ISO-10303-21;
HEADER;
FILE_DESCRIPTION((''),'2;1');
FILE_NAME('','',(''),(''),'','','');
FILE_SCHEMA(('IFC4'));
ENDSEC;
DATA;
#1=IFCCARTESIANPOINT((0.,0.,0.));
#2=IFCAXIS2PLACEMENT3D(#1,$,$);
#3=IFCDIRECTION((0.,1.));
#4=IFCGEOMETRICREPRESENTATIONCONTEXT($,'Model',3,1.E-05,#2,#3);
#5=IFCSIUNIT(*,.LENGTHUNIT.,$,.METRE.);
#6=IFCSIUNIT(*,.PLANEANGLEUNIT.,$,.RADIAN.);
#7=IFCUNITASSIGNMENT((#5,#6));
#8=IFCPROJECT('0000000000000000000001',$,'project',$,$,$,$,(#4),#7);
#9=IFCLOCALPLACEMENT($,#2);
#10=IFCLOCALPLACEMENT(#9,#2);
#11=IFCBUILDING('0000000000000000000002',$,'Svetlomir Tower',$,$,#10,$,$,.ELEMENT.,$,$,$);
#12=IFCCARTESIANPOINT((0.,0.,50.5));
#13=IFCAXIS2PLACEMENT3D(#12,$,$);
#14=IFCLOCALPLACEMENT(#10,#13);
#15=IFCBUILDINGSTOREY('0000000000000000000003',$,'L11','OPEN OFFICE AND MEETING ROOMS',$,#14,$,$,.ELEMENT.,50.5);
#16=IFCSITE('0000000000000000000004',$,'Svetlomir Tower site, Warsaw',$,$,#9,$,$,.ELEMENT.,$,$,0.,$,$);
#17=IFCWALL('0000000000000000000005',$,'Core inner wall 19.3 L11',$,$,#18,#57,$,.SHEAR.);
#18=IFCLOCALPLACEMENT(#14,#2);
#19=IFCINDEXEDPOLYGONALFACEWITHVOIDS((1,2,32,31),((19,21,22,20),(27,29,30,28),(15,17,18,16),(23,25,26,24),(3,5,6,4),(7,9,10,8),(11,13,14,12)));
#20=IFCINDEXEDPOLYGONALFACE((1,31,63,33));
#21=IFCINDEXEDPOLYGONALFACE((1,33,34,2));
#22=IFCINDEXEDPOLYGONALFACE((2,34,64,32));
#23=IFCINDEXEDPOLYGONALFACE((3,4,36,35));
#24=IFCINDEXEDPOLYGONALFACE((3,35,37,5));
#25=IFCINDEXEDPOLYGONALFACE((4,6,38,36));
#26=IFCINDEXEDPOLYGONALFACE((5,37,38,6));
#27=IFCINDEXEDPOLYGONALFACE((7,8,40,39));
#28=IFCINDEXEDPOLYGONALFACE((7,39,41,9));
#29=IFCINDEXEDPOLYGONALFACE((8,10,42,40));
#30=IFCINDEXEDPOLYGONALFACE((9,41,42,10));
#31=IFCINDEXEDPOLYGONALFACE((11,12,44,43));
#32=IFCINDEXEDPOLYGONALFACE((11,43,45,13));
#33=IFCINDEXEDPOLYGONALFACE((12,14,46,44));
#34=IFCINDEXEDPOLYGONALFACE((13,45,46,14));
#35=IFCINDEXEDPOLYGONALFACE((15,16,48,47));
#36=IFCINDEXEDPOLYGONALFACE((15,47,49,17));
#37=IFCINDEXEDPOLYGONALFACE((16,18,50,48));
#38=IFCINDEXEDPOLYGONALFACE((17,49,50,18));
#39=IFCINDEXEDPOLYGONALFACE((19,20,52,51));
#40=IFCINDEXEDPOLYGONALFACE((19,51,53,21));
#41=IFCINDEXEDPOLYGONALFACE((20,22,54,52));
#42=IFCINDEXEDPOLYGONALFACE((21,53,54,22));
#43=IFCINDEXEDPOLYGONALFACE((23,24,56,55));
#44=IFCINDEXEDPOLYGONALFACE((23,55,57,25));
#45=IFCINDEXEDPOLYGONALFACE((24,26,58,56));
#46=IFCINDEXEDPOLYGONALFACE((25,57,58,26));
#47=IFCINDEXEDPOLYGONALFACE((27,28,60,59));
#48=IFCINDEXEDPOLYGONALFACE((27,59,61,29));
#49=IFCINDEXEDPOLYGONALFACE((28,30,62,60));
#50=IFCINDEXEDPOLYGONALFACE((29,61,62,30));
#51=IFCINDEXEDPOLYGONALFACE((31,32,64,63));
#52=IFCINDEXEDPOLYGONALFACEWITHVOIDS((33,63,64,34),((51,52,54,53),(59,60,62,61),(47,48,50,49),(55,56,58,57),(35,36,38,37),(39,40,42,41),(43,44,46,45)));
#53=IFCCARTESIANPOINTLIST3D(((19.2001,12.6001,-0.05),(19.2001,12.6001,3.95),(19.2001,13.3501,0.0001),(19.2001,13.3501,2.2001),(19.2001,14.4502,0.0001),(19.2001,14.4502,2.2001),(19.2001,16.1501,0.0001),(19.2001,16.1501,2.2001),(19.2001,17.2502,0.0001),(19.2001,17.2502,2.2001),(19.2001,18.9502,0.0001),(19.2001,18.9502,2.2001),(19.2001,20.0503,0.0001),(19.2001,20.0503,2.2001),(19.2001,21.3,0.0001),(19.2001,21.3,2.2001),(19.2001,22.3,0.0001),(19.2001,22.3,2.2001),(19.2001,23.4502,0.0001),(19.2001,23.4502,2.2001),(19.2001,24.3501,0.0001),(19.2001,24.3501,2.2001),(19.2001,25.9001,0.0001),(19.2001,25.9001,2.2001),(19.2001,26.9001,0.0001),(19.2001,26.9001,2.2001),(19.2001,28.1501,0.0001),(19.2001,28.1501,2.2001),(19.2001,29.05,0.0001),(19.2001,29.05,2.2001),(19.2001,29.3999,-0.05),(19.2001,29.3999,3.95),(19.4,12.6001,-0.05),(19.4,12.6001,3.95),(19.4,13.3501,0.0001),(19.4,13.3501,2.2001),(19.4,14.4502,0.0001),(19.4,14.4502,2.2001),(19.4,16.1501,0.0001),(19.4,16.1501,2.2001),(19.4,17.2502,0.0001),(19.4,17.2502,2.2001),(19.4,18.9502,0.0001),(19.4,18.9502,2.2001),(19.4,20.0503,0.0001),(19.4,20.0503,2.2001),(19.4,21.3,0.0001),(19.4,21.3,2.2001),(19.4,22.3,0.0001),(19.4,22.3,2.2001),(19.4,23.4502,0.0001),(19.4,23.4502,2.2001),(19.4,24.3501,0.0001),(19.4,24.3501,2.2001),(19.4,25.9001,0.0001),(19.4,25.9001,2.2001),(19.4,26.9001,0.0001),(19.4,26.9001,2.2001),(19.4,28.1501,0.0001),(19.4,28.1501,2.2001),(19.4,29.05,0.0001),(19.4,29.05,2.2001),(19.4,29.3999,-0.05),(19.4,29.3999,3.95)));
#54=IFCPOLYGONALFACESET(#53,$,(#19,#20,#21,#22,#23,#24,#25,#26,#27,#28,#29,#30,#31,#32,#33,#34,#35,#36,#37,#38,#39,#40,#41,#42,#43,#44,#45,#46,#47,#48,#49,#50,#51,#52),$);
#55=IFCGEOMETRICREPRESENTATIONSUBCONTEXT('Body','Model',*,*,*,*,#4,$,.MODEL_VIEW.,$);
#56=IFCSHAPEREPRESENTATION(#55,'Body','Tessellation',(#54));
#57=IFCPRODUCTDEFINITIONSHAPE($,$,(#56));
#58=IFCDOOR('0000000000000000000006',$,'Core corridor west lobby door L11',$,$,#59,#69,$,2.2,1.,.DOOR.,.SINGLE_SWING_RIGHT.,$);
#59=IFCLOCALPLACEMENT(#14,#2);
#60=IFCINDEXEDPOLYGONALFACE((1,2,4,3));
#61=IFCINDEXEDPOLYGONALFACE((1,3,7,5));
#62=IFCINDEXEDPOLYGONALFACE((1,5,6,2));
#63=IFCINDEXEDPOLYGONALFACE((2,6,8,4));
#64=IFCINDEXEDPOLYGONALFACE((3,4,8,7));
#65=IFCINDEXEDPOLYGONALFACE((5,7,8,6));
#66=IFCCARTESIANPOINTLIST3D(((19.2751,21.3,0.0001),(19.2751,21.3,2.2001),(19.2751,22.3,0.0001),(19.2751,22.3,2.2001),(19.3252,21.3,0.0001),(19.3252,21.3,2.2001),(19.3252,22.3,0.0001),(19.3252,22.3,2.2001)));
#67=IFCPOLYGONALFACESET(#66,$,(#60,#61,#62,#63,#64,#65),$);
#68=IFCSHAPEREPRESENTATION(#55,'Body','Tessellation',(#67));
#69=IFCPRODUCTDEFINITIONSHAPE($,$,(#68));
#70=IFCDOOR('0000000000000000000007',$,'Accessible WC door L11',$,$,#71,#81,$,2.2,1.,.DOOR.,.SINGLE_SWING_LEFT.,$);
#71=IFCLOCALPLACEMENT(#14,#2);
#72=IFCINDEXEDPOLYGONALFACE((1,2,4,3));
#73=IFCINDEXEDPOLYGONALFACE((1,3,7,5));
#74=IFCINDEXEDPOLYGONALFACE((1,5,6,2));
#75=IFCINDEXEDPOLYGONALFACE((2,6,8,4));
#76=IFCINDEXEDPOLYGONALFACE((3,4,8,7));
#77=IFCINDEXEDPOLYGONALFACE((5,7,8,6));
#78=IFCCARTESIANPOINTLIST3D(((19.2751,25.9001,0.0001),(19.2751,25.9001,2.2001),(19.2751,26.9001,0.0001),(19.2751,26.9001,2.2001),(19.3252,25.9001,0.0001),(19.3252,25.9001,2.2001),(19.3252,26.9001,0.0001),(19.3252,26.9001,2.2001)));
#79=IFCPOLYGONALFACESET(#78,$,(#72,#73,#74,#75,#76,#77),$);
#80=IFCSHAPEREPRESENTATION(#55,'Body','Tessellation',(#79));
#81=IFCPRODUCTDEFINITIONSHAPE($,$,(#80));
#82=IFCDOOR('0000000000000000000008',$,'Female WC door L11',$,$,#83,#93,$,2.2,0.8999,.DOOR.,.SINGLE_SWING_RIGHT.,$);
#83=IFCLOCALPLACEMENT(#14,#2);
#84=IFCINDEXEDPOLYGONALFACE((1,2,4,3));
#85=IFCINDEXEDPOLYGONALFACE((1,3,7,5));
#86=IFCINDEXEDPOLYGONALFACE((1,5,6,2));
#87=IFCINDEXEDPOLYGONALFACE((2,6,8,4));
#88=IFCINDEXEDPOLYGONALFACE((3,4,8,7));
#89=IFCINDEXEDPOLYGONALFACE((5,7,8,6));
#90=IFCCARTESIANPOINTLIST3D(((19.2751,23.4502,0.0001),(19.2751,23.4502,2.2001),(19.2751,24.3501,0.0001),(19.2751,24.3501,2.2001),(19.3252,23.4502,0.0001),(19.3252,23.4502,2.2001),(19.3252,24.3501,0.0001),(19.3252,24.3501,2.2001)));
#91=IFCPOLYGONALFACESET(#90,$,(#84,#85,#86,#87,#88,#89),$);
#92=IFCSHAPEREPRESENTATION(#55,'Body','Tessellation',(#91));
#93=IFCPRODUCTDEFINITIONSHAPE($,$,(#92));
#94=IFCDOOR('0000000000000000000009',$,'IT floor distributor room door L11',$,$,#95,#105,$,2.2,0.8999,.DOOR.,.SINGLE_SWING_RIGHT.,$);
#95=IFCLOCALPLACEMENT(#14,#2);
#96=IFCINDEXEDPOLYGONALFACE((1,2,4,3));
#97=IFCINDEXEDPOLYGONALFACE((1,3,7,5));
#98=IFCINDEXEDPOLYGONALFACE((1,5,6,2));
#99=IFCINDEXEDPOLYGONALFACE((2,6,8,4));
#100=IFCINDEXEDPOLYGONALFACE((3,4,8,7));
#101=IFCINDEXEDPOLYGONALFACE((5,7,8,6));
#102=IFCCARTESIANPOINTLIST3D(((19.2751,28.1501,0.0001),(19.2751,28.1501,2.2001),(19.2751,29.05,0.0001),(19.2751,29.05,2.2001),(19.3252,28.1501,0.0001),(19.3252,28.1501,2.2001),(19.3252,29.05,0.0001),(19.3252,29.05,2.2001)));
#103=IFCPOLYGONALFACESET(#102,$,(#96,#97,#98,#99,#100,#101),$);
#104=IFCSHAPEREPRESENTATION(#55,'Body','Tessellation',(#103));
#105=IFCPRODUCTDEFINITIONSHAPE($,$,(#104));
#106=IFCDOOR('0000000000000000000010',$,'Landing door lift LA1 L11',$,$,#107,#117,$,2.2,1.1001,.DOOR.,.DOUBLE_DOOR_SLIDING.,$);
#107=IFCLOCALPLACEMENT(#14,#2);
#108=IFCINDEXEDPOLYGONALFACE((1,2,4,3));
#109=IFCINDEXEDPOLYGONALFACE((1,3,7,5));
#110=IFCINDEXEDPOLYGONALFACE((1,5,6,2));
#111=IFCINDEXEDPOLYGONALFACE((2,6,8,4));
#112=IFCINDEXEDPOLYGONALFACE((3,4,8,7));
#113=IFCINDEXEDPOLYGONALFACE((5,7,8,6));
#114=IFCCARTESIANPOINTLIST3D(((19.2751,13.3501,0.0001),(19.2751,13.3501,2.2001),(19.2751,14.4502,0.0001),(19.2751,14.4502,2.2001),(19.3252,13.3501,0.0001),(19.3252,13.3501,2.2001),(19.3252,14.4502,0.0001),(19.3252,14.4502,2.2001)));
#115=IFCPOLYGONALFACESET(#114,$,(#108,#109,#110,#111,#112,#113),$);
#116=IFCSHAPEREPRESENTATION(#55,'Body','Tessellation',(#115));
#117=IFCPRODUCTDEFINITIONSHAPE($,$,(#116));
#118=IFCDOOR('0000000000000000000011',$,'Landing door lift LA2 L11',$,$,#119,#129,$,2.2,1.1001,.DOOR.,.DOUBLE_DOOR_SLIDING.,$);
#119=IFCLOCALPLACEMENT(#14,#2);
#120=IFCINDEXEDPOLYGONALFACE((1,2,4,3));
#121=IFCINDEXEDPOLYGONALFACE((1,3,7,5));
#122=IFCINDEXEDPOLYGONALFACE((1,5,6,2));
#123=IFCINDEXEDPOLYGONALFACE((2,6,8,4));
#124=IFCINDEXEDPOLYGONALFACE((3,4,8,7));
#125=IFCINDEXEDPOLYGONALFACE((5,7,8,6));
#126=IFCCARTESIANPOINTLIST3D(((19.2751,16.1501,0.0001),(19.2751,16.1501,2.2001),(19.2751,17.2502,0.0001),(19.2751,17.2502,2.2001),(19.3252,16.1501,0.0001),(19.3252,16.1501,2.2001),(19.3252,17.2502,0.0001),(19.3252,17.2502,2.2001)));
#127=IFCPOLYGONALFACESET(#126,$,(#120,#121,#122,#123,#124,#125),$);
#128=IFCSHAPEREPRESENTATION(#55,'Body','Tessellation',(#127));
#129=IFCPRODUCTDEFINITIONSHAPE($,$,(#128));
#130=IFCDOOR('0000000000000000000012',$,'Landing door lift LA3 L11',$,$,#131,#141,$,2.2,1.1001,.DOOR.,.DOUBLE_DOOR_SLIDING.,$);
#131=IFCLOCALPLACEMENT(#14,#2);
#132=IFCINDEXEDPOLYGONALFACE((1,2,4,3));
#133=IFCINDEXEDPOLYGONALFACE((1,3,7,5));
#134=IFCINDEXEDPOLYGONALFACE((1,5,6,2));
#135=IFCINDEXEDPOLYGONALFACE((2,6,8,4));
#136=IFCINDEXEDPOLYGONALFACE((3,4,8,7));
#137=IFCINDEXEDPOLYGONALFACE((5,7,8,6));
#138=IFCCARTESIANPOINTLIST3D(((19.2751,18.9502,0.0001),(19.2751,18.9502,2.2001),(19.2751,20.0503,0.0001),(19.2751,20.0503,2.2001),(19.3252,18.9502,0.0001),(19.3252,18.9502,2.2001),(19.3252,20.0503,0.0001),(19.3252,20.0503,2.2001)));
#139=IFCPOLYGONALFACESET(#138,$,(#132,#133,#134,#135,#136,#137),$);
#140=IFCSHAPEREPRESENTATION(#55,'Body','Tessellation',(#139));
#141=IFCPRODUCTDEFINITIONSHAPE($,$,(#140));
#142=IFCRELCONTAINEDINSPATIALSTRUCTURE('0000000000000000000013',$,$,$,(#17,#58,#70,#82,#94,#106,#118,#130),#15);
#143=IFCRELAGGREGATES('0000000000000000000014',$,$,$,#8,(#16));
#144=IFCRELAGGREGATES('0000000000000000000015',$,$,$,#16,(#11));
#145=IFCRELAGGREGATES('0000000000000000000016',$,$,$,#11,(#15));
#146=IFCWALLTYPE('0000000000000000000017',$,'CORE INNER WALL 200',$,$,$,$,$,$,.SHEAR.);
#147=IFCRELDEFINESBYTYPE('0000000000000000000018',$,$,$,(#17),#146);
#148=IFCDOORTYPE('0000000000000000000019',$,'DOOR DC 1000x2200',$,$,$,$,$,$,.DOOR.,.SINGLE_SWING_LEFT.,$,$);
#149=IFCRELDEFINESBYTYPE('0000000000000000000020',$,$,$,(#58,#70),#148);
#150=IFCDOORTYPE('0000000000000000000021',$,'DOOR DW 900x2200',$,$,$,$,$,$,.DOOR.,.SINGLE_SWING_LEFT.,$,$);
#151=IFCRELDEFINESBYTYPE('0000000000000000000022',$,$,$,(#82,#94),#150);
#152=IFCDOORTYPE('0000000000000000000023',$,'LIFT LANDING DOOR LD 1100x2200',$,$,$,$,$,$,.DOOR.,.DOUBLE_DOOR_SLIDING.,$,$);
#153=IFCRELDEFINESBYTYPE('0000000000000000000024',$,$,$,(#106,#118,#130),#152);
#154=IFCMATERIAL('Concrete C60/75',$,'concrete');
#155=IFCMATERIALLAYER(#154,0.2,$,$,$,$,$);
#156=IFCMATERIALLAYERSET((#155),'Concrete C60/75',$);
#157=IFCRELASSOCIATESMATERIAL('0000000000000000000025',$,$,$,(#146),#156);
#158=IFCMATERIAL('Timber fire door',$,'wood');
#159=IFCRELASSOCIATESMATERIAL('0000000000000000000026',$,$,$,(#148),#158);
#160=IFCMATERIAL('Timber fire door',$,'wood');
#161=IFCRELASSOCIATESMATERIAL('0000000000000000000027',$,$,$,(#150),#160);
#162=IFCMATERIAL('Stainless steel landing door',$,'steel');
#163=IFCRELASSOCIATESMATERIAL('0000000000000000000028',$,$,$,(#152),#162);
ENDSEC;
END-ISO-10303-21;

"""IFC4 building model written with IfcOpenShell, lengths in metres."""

from ifc_helpers import new_model, si_unit, direction, frame, frame_2d, origin, place, context, subcontext, project, spatial, rectangle, extrude, material, layer, layer_set, type_object, element, fill, save


model = new_model("IFC4")

# Units and contexts
model_context = context("Model", 3, precision=1e-05, world=origin(), true_north=direction((0.0, 1.0)))
body_context = subcontext(model_context, "Body", "Model", "MODEL_VIEW")
ifc_project = project(units=[si_unit("LENGTHUNIT", "METRE"), si_unit("PLANEANGLEUNIT", "RADIAN")], contexts=[model_context])

# Site, building, storey
site_placement = place(None, origin())
site = spatial("IfcSite", under=ifc_project, at=site_placement, Name="Svetlomir Tower site, Warsaw", CompositionType="ELEMENT", RefElevation=0.0)
building_placement = place(site_placement, origin())
building = spatial("IfcBuilding", under=site, at=building_placement, Name="Svetlomir Tower", CompositionType="ELEMENT")
storey_placement = place(building_placement, frame((0.0, 0.0, 50.5)))
storey = spatial("IfcBuildingStorey", under=building, at=storey_placement, Name="L11", Description="OPEN OFFICE AND MEETING ROOMS", CompositionType="ELEMENT", Elevation=50.5)

# Shared definitions
ifc_material_1 = material(Name="Concrete C60/75", Category="concrete")
ifc_layer_1 = layer(ifc_material_1, 0.2)
ifc_layer_set_1 = layer_set([ifc_layer_1], Name="Concrete C60/75")
wall_type_1 = type_object("IfcWallType", Name="CORE INNER WALL 200", PredefinedType="SHEAR", material=ifc_layer_set_1)

# Wall, openings, doors
wall_1_placement = place(storey_placement, frame((19.3, 12.6001, -0.05), z_axis=(0.0, 0.0, 1.0), x_axis=(0.0, 1.0, 0.0)))
wall_1 = element("IfcWall", 1, at=wall_1_placement, inside=storey, type_object=wall_type_1, Name="Core inner wall 19.3 L11", PredefinedType="SHEAR", context=body_context, shape_type="SweptSolid", body=[
    extrude(rectangle(XDim=16.7998, YDim=0.2, at=frame_2d((8.3999, 0.0))), origin(), (0.0, 0.0, 1.0), 4.0),
])
opening_1_placement = place(wall_1_placement, frame((8.7, 0.0, 0.05)))
opening_1 = element("IfcOpeningElement", 2, at=opening_1_placement, cuts=wall_1, PredefinedType="OPENING", context=body_context, shape_type="SweptSolid", body=[
    extrude(rectangle(XDim=1.0, YDim=2.2, at=frame_2d((0.5, 1.1001))), frame((0.0, 0.1099, 0.0), z_axis=(0.0, -1.0, 0.0), x_axis=(1.0, 0.0, 0.0)), (0.0, 0.0, 1.0), 0.22),
])
opening_2_placement = place(wall_1_placement, frame((10.8501, 0.0, 0.05)))
opening_2 = element("IfcOpeningElement", 3, at=opening_2_placement, cuts=wall_1, PredefinedType="OPENING", context=body_context, shape_type="SweptSolid", body=[
    extrude(rectangle(XDim=0.8999, YDim=2.2, at=frame_2d((0.45, 1.1001))), frame((0.0, 0.1099, 0.0), z_axis=(0.0, -1.0, 0.0), x_axis=(1.0, 0.0, 0.0)), (0.0, 0.0, 1.0), 0.22),
])
opening_3_placement = place(wall_1_placement, frame((13.3, 0.0, 0.05)))
opening_3 = element("IfcOpeningElement", 4, at=opening_3_placement, cuts=wall_1, PredefinedType="OPENING", context=body_context, shape_type="SweptSolid", body=[
    extrude(rectangle(XDim=1.0, YDim=2.2, at=frame_2d((0.5, 1.1001))), frame((0.0, 0.1099, 0.0), z_axis=(0.0, -1.0, 0.0), x_axis=(1.0, 0.0, 0.0)), (0.0, 0.0, 1.0), 0.22),
])
opening_4_placement = place(wall_1_placement, frame((15.55, 0.0, 0.05)))
opening_4 = element("IfcOpeningElement", 5, at=opening_4_placement, cuts=wall_1, PredefinedType="OPENING", context=body_context, shape_type="SweptSolid", body=[
    extrude(rectangle(XDim=0.8999, YDim=2.2, at=frame_2d((0.45, 1.1001))), frame((0.0, 0.1099, 0.0), z_axis=(0.0, -1.0, 0.0), x_axis=(1.0, 0.0, 0.0)), (0.0, 0.0, 1.0), 0.22),
])
opening_5_placement = place(wall_1_placement, frame((0.75, 0.0, 0.05)))
opening_5 = element("IfcOpeningElement", 6, at=opening_5_placement, cuts=wall_1, PredefinedType="OPENING", context=body_context, shape_type="SweptSolid", body=[
    extrude(rectangle(XDim=1.1001, YDim=2.2, at=frame_2d((0.55, 1.1001))), frame((0.0, 0.1099, 0.0), z_axis=(0.0, -1.0, 0.0), x_axis=(1.0, 0.0, 0.0)), (0.0, 0.0, 1.0), 0.22),
])
opening_6_placement = place(wall_1_placement, frame((3.55, 0.0, 0.05)))
opening_6 = element("IfcOpeningElement", 7, at=opening_6_placement, cuts=wall_1, PredefinedType="OPENING", context=body_context, shape_type="SweptSolid", body=[
    extrude(rectangle(XDim=1.1001, YDim=2.2, at=frame_2d((0.55, 1.1001))), frame((0.0, 0.1099, 0.0), z_axis=(0.0, -1.0, 0.0), x_axis=(1.0, 0.0, 0.0)), (0.0, 0.0, 1.0), 0.22),
])
opening_7_placement = place(wall_1_placement, frame((6.3501, 0.0, 0.05)))
opening_7 = element("IfcOpeningElement", 8, at=opening_7_placement, cuts=wall_1, PredefinedType="OPENING", context=body_context, shape_type="SweptSolid", body=[
    extrude(rectangle(XDim=1.1001, YDim=2.2, at=frame_2d((0.55, 1.1001))), frame((0.0, 0.1099, 0.0), z_axis=(0.0, -1.0, 0.0), x_axis=(1.0, 0.0, 0.0)), (0.0, 0.0, 1.0), 0.22),
])
ifc_material_2 = material(Name="Timber fire door", Category="wood")
door_type_1 = type_object("IfcDoorType", Name="DOOR DC 1000x2200", OperationType="SINGLE_SWING_LEFT", PredefinedType="DOOR", material=ifc_material_2)
door_1_placement = place(opening_1_placement, origin())
door_1 = element("IfcDoor", 9, at=door_1_placement, inside=storey, type_object=door_type_1, Name="Core corridor west lobby door L11", OperationType="SINGLE_SWING_RIGHT", OverallHeight=2.2, OverallWidth=1.0, PredefinedType="DOOR", context=body_context, shape_type="SweptSolid", body=[
    extrude(rectangle(XDim=1.0, YDim=2.2, at=frame_2d((0.5, 1.1001))), frame((0.0, 0.0249, 0.0), z_axis=(0.0, -1.0, 0.0), x_axis=(1.0, 0.0, 0.0)), (0.0, 0.0, 1.0), 0.05),
])
fill(opening_1, door_1)
door_2_placement = place(opening_3_placement, origin())
door_2 = element("IfcDoor", 10, at=door_2_placement, inside=storey, type_object=door_type_1, Name="Accessible WC door L11", OperationType="SINGLE_SWING_LEFT", OverallHeight=2.2, OverallWidth=1.0, PredefinedType="DOOR", context=body_context, shape_type="SweptSolid", body=[
    extrude(rectangle(XDim=1.0, YDim=2.2, at=frame_2d((0.5, 1.1001))), frame((0.0, 0.0249, 0.0), z_axis=(0.0, -1.0, 0.0), x_axis=(1.0, 0.0, 0.0)), (0.0, 0.0, 1.0), 0.05),
])
fill(opening_3, door_2)
ifc_material_3 = material(Name="Timber fire door", Category="wood")
door_type_2 = type_object("IfcDoorType", Name="DOOR DW 900x2200", OperationType="SINGLE_SWING_LEFT", PredefinedType="DOOR", material=ifc_material_3)
door_3_placement = place(opening_2_placement, origin())
door_3 = element("IfcDoor", 11, at=door_3_placement, inside=storey, type_object=door_type_2, Name="Female WC door L11", OperationType="SINGLE_SWING_RIGHT", OverallHeight=2.2, OverallWidth=0.8999, PredefinedType="DOOR", context=body_context, shape_type="SweptSolid", body=[
    extrude(rectangle(XDim=0.8999, YDim=2.2, at=frame_2d((0.45, 1.1001))), frame((0.0, 0.0249, 0.0), z_axis=(0.0, -1.0, 0.0), x_axis=(1.0, 0.0, 0.0)), (0.0, 0.0, 1.0), 0.05),
])
fill(opening_2, door_3)
door_4_placement = place(opening_4_placement, origin())
door_4 = element("IfcDoor", 12, at=door_4_placement, inside=storey, type_object=door_type_2, Name="IT floor distributor room door L11", OperationType="SINGLE_SWING_RIGHT", OverallHeight=2.2, OverallWidth=0.8999, PredefinedType="DOOR", context=body_context, shape_type="SweptSolid", body=[
    extrude(rectangle(XDim=0.8999, YDim=2.2, at=frame_2d((0.45, 1.1001))), frame((0.0, 0.0249, 0.0), z_axis=(0.0, -1.0, 0.0), x_axis=(1.0, 0.0, 0.0)), (0.0, 0.0, 1.0), 0.05),
])
fill(opening_4, door_4)
ifc_material_4 = material(Name="Stainless steel landing door", Category="steel")
door_type_3 = type_object("IfcDoorType", Name="LIFT LANDING DOOR LD 1100x2200", OperationType="DOUBLE_DOOR_SLIDING", PredefinedType="DOOR", material=ifc_material_4)
door_5_placement = place(opening_5_placement, origin())
door_5 = element("IfcDoor", 13, at=door_5_placement, inside=storey, type_object=door_type_3, Name="Landing door lift LA1 L11", OperationType="DOUBLE_DOOR_SLIDING", OverallHeight=2.2, OverallWidth=1.1001, PredefinedType="DOOR", context=body_context, shape_type="SweptSolid", body=[
    extrude(rectangle(XDim=1.1001, YDim=2.2, at=frame_2d((0.55, 1.1001))), frame((0.0, 0.0249, 0.0), z_axis=(0.0, -1.0, 0.0), x_axis=(1.0, 0.0, 0.0)), (0.0, 0.0, 1.0), 0.05),
])
fill(opening_5, door_5)
door_6_placement = place(opening_6_placement, origin())
door_6 = element("IfcDoor", 14, at=door_6_placement, inside=storey, type_object=door_type_3, Name="Landing door lift LA2 L11", OperationType="DOUBLE_DOOR_SLIDING", OverallHeight=2.2, OverallWidth=1.1001, PredefinedType="DOOR", context=body_context, shape_type="SweptSolid", body=[
    extrude(rectangle(XDim=1.1001, YDim=2.2, at=frame_2d((0.55, 1.1001))), frame((0.0, 0.0249, 0.0), z_axis=(0.0, -1.0, 0.0), x_axis=(1.0, 0.0, 0.0)), (0.0, 0.0, 1.0), 0.05),
])
fill(opening_6, door_6)
door_7_placement = place(opening_7_placement, origin())
door_7 = element("IfcDoor", 15, at=door_7_placement, inside=storey, type_object=door_type_3, Name="Landing door lift LA3 L11", OperationType="DOUBLE_DOOR_SLIDING", OverallHeight=2.2, OverallWidth=1.1001, PredefinedType="DOOR", context=body_context, shape_type="SweptSolid", body=[
    extrude(rectangle(XDim=1.1001, YDim=2.2, at=frame_2d((0.55, 1.1001))), frame((0.0, 0.0249, 0.0), z_axis=(0.0, -1.0, 0.0), x_axis=(1.0, 0.0, 0.0)), (0.0, 0.0, 1.0), 0.05),
])
fill(opening_7, door_7)

save(model, "model.ifc")
